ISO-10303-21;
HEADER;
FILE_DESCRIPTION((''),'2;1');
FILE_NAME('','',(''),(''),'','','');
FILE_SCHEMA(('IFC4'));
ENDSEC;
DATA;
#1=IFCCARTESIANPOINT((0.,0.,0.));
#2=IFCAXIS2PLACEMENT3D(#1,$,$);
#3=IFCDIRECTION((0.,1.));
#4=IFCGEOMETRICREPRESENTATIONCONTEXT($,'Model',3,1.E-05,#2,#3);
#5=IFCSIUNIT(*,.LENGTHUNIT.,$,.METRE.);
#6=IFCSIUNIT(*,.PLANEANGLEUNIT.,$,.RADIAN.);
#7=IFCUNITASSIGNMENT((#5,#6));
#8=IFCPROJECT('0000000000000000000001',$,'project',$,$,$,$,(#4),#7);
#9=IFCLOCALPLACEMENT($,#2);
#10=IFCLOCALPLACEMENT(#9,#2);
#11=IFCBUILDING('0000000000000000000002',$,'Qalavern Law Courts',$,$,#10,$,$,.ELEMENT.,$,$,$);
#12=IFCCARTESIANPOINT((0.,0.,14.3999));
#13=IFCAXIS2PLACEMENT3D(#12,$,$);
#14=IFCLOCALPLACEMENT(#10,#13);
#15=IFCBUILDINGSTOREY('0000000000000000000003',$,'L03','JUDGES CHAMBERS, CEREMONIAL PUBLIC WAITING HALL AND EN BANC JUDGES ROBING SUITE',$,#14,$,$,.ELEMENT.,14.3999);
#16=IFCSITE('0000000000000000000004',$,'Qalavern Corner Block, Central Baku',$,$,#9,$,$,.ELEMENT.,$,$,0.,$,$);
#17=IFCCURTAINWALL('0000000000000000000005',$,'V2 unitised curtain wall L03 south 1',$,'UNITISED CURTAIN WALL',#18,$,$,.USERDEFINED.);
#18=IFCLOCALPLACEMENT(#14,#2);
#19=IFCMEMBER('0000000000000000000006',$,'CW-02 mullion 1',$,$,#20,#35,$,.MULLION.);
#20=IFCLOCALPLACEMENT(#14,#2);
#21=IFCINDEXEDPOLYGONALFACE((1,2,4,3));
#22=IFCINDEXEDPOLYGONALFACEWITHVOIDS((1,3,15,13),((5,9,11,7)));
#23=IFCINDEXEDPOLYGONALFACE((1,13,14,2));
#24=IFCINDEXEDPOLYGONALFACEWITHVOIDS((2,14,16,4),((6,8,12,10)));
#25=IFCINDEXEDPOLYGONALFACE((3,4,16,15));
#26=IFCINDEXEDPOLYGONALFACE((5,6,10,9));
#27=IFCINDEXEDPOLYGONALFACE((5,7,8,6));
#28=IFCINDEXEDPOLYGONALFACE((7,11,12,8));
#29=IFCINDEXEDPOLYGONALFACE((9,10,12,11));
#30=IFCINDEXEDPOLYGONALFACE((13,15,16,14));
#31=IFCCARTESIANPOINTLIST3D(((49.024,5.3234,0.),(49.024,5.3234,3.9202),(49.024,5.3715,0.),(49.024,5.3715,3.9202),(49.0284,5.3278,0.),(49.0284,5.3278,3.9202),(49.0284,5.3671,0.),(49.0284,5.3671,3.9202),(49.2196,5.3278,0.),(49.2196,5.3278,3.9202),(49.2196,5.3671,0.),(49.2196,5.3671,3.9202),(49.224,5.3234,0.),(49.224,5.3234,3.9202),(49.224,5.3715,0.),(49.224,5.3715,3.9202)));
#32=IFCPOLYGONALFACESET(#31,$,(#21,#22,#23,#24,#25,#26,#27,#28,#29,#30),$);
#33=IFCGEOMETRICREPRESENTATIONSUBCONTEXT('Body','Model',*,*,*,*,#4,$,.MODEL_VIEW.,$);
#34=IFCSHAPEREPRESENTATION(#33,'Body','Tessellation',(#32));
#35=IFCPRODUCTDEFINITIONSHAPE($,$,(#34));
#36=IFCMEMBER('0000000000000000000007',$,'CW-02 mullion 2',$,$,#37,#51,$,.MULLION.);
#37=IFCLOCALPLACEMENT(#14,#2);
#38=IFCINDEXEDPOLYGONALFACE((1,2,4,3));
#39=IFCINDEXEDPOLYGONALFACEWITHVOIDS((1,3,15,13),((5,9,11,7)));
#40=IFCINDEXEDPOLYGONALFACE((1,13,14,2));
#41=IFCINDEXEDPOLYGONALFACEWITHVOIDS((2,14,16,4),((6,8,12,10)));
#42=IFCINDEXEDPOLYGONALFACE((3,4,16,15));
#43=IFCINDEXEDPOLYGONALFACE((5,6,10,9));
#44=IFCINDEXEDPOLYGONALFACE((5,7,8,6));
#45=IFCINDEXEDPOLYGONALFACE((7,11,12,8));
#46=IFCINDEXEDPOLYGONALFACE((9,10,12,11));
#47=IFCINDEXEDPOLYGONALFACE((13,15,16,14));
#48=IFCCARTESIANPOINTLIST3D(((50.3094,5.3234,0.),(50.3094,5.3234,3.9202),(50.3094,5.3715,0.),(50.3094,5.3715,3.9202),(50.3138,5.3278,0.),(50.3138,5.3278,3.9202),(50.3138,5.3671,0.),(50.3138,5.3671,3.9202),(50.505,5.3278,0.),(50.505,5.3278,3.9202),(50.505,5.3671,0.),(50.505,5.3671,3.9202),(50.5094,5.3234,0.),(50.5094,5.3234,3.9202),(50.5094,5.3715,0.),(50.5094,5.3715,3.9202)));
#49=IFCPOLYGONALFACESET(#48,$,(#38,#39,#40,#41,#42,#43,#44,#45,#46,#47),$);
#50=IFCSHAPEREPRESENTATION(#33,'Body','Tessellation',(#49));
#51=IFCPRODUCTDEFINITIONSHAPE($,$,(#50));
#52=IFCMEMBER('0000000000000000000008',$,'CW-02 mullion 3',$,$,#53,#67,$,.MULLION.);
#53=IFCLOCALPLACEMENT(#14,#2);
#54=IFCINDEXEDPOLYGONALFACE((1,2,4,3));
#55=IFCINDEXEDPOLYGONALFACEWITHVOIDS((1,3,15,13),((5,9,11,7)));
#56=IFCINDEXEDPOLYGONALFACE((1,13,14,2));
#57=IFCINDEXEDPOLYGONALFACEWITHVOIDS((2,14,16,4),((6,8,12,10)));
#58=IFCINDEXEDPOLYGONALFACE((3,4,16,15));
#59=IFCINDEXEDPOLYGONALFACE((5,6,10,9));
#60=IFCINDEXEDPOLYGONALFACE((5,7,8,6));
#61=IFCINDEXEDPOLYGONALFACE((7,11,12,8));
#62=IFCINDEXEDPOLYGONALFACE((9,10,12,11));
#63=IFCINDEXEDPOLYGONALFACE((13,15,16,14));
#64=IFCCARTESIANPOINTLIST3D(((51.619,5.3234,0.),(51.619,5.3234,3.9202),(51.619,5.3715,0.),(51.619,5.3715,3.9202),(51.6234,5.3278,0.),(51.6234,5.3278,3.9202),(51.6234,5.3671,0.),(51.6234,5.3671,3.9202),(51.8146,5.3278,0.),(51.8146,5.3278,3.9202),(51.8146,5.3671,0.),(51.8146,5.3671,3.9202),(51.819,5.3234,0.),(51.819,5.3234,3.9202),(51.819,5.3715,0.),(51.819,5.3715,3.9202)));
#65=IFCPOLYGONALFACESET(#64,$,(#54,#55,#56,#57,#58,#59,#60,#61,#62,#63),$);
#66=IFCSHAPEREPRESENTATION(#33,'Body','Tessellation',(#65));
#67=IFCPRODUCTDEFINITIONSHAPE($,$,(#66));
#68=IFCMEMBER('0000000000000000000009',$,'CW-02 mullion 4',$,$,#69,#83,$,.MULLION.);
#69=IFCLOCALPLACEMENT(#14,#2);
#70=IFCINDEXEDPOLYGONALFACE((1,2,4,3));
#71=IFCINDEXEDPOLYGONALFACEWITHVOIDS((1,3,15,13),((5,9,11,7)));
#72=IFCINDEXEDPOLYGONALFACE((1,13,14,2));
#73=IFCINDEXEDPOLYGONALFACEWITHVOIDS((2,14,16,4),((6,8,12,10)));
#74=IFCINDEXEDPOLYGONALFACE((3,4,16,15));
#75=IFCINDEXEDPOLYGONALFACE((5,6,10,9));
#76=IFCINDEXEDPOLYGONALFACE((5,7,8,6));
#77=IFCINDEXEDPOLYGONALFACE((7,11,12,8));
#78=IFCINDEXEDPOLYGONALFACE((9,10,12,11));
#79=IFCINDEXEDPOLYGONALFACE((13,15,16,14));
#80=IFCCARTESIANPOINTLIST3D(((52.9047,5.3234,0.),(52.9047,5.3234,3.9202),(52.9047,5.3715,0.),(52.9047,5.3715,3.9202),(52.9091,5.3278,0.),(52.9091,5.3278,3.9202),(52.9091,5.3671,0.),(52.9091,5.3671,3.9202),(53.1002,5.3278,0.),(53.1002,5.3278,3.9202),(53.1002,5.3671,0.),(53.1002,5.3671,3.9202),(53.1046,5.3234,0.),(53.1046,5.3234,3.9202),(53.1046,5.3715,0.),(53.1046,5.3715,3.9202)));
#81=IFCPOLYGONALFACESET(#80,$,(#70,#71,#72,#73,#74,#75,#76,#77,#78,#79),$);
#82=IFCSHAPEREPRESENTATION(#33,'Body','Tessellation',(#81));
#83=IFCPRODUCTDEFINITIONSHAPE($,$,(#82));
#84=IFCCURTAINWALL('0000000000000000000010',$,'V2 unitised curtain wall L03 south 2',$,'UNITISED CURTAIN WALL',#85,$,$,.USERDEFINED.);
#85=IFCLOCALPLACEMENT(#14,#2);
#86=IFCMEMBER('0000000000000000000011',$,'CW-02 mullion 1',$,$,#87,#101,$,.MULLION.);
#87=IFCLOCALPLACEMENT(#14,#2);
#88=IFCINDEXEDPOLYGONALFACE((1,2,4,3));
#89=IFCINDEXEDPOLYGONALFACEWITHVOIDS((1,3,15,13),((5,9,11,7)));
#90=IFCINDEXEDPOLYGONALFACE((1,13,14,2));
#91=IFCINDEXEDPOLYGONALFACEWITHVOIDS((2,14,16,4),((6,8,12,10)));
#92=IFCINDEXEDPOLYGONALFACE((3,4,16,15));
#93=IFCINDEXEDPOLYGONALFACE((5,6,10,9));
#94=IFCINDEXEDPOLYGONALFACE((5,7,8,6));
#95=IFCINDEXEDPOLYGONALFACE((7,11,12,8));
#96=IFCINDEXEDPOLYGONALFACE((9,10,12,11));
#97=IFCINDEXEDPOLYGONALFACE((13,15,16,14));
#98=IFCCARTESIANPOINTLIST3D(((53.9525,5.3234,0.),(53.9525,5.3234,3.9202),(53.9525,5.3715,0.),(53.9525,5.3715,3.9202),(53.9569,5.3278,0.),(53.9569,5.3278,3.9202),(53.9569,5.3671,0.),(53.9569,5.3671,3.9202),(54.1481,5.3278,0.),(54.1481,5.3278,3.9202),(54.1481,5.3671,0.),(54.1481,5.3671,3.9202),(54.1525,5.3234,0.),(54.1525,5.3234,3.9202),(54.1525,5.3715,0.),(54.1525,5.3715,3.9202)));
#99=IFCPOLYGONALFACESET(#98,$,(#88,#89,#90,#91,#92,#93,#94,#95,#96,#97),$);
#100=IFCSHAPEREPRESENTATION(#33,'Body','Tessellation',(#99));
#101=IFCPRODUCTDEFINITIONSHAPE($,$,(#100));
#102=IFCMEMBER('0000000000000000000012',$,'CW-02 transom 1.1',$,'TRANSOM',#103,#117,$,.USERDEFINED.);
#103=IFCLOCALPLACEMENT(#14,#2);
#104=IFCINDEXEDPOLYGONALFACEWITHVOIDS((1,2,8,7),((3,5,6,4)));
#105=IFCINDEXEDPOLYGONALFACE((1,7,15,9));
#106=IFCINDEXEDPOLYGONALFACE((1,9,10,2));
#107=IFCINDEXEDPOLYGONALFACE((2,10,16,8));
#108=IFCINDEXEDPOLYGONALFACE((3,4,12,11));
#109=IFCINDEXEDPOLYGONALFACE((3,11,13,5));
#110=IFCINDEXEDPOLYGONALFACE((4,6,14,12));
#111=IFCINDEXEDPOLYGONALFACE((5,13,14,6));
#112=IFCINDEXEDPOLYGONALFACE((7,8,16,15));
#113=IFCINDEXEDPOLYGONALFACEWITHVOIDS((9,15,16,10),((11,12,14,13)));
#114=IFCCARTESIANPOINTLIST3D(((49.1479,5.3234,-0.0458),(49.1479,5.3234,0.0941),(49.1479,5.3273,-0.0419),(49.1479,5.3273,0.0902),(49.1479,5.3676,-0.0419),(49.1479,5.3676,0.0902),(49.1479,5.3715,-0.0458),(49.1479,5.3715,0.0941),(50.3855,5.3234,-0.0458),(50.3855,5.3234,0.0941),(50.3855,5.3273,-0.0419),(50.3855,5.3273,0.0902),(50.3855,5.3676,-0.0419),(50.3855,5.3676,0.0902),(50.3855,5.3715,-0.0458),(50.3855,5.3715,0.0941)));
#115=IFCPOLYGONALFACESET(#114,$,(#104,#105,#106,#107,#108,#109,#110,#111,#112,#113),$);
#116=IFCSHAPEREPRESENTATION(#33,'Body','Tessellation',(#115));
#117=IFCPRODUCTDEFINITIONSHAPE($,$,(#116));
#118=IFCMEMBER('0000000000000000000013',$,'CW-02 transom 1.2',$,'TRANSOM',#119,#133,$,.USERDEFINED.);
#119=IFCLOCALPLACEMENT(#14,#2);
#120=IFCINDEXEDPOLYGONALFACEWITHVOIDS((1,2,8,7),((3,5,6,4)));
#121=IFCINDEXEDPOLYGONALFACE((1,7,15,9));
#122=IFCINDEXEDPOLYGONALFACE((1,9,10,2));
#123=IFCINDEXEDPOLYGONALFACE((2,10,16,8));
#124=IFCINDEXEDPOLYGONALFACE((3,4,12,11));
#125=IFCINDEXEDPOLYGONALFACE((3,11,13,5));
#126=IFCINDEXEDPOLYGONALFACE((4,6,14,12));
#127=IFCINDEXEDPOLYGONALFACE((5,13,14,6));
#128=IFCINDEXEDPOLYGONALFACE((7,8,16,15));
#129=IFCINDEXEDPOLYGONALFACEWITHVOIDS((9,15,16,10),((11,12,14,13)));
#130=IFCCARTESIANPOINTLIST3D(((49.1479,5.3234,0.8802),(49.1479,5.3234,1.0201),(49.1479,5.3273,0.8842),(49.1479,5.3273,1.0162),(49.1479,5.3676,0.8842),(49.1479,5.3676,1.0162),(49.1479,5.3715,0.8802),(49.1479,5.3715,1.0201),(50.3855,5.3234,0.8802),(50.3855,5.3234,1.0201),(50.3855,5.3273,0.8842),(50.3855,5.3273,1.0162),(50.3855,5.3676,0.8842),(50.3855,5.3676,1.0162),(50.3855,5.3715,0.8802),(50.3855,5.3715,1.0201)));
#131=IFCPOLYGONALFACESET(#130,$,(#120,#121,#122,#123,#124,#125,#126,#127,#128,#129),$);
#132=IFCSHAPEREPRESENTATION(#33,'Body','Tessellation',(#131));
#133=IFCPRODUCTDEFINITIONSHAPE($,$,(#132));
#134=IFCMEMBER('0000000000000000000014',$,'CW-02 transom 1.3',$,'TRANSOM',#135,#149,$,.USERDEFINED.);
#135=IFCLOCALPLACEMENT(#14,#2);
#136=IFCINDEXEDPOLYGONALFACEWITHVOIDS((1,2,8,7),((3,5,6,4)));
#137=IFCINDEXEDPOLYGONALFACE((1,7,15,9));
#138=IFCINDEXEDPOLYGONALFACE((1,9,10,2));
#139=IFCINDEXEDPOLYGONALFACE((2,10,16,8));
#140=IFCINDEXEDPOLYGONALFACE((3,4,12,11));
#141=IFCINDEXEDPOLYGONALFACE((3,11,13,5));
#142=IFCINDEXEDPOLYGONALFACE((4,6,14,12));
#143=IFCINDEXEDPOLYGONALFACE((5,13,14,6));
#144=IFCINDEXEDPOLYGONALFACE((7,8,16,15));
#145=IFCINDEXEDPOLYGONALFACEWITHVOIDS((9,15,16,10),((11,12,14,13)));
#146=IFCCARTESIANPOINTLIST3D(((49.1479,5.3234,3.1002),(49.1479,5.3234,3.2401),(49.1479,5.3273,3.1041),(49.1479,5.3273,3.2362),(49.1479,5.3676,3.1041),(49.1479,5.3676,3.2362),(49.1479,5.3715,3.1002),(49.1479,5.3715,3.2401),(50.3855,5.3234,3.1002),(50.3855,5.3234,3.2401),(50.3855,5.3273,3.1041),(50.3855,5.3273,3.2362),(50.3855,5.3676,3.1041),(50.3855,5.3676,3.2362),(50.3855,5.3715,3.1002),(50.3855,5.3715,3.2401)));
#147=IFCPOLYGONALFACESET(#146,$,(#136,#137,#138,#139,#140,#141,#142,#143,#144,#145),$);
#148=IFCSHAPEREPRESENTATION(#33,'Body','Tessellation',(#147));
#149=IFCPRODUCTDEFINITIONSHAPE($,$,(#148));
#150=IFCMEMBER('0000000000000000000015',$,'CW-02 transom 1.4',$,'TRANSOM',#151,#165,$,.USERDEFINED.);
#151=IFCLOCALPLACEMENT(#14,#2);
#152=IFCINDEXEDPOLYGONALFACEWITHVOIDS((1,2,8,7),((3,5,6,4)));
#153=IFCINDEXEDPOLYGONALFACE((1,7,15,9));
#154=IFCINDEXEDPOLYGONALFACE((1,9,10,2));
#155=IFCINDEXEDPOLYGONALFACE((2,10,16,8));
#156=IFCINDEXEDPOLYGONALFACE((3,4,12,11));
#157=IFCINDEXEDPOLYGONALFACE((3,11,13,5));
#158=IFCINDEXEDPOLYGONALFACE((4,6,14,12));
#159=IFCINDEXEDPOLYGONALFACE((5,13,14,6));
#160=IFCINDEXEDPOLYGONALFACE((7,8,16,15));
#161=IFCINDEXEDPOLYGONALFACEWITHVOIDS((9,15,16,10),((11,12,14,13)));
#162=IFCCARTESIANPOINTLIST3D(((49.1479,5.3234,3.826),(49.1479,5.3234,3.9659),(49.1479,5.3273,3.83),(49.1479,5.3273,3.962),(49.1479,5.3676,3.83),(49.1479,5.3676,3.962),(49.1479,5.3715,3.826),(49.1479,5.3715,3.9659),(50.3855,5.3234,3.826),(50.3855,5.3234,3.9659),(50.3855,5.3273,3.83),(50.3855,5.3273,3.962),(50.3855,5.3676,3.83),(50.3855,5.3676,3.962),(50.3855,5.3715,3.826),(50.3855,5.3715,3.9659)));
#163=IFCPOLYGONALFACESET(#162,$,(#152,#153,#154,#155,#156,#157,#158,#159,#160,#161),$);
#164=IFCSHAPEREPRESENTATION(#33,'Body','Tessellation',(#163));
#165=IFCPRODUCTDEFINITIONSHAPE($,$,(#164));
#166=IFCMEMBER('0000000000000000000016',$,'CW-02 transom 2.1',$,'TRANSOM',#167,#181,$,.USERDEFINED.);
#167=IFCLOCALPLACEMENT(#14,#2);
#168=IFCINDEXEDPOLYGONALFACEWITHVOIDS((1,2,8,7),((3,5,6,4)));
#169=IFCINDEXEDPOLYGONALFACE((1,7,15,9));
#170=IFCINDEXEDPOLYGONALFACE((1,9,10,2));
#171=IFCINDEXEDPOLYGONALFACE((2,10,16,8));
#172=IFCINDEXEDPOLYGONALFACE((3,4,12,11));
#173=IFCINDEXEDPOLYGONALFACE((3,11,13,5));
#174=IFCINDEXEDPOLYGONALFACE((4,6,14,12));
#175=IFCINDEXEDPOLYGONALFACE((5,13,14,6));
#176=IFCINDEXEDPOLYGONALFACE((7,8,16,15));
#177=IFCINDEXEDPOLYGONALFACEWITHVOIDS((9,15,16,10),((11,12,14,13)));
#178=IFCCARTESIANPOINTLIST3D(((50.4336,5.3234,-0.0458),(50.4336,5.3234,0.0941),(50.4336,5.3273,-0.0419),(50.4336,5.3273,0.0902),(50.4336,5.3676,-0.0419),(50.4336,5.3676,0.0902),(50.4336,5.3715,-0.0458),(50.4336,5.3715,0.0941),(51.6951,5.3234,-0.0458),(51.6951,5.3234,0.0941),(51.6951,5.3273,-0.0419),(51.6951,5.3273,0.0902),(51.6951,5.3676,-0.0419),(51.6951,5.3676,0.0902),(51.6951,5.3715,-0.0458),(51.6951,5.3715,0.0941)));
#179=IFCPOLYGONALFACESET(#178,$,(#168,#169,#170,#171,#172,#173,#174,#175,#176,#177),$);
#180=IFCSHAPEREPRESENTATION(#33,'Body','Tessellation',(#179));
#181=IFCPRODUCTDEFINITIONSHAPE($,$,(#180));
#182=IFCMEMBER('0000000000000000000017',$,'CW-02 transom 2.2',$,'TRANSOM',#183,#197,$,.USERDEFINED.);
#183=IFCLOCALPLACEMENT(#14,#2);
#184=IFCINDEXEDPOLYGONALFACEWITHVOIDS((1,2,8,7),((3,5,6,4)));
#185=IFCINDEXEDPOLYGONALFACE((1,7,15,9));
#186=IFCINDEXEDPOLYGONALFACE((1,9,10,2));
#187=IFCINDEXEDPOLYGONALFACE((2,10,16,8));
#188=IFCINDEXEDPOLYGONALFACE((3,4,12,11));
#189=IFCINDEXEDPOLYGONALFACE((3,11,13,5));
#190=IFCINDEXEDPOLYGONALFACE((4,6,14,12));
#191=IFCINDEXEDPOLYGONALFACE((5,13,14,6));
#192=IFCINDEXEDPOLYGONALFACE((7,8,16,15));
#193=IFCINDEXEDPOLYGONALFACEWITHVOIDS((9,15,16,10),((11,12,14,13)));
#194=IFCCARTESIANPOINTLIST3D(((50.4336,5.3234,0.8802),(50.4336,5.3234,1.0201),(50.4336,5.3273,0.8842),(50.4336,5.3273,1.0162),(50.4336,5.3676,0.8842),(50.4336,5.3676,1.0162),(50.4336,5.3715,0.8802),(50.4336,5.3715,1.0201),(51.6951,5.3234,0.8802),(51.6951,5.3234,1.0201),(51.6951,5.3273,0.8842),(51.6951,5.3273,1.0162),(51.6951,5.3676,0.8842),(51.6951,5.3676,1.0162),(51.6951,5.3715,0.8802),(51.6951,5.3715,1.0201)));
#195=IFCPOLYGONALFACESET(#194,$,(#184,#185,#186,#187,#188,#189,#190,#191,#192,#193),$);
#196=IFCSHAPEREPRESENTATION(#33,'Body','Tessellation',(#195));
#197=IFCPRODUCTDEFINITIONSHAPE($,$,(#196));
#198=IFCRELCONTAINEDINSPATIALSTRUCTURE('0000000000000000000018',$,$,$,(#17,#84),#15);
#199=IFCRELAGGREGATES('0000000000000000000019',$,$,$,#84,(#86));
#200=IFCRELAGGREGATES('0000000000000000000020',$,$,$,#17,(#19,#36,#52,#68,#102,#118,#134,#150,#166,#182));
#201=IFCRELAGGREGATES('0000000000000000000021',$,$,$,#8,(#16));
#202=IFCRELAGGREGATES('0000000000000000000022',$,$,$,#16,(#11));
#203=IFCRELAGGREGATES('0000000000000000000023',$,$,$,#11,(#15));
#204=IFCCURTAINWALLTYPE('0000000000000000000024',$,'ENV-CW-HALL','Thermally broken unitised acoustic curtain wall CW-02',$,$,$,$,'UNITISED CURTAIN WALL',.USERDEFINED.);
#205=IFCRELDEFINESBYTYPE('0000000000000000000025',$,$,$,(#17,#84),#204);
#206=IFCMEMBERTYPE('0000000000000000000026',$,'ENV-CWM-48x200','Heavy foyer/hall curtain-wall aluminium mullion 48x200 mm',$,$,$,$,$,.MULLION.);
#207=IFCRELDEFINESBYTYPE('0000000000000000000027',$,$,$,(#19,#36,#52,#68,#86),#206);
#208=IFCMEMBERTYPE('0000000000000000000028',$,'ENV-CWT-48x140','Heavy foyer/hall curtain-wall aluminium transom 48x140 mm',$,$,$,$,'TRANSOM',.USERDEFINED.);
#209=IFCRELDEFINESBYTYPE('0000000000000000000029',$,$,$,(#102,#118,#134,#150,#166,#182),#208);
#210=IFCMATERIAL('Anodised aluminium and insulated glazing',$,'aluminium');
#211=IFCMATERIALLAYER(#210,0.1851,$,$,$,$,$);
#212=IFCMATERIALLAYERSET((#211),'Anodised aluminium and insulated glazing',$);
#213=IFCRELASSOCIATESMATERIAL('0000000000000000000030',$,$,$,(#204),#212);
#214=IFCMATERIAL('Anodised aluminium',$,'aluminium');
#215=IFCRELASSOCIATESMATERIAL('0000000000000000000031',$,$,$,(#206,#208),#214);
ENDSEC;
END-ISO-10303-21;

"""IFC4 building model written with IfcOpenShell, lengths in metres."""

from ifc_helpers import new_model, si_unit, direction, frame, origin, origin_2d, place, context, subcontext, project, spatial, hollow_rectangle, extrude, material, layer, layer_set, material_profile, profile_set, type_object, element, aggregate, save


model = new_model("IFC4")

# Units and contexts
model_context = context("Model", 3, precision=1e-05, world=origin(), true_north=direction((0.0, 1.0)))
body_context = subcontext(model_context, "Body", "Model", "MODEL_VIEW")
ifc_project = project(units=[si_unit("LENGTHUNIT", "METRE"), si_unit("PLANEANGLEUNIT", "RADIAN")], contexts=[model_context])

# Site, building, storey
site_placement = place(None, origin())
site = spatial("IfcSite", under=ifc_project, at=site_placement, Name="Qalavern Corner Block, Central Baku", CompositionType="ELEMENT", RefElevation=0.0)
building_placement = place(site_placement, origin())
building = spatial("IfcBuilding", under=site, at=building_placement, Name="Qalavern Law Courts", CompositionType="ELEMENT")
storey_placement = place(building_placement, frame((0.0, 0.0, 14.3999)))
storey = spatial("IfcBuildingStorey", under=building, at=storey_placement, Name="L03", Description="JUDGES CHAMBERS, CEREMONIAL PUBLIC WAITING HALL AND EN BANC JUDGES ROBING SUITE", CompositionType="ELEMENT", Elevation=14.3999)

# Curtain wall, members
ifc_material_1 = material(Name="Anodised aluminium and insulated glazing", Category="aluminium")
ifc_layer_1 = layer(ifc_material_1, 0.1851)
ifc_layer_set_1 = layer_set([ifc_layer_1], Name="Anodised aluminium and insulated glazing")
curtain_wall_type = type_object("IfcCurtainWallType", Name="ENV-CW-HALL", Description="Thermally broken unitised acoustic curtain wall CW-02", ElementType="UNITISED CURTAIN WALL", PredefinedType="USERDEFINED", material=ifc_layer_set_1)
curtain_wall_1_placement = place(storey_placement, origin())
curtain_wall_1 = element("IfcCurtainWall", 1, at=curtain_wall_1_placement, inside=storey, type_object=curtain_wall_type, Name="V2 unitised curtain wall L03 south 1", ObjectType="UNITISED CURTAIN WALL", PredefinedType="USERDEFINED")
ifc_material_2 = material(Name="Anodised aluminium", Category="aluminium")
ifc_material_profile_1 = material_profile(ifc_material_2, hollow_rectangle(XDim=0.0481, YDim=0.2, WallThickness=0.0044, at=origin_2d()), Name="ALU MULLION 48x200")
ifc_profile_set_1 = profile_set([ifc_material_profile_1], Name="Anodised aluminium")
member_type_1 = type_object("IfcMemberType", Name="ENV-CWM-48x200", Description="Heavy foyer/hall curtain-wall aluminium mullion 48x200 mm", PredefinedType="MULLION", material=ifc_profile_set_1)
member_1_placement = place(storey_placement, frame((49.124, 5.3474, 0.0), z_axis=(0.0, 0.0, 1.0), x_axis=(0.0, 1.0, 0.0)))
member_1 = element("IfcMember", 2, at=member_1_placement, type_object=member_type_1, Name="CW-02 mullion 1", PredefinedType="MULLION", context=body_context, shape_type="SweptSolid", body=[
    extrude(hollow_rectangle(XDim=0.0481, YDim=0.2, WallThickness=0.0044, at=origin_2d()), origin(), (0.0, 0.0, 1.0), 3.9202),
])
member_2_placement = place(storey_placement, frame((50.4094, 5.3474, 0.0), z_axis=(0.0, 0.0, 1.0), x_axis=(0.0, 1.0, 0.0)))
member_2 = element("IfcMember", 3, at=member_2_placement, type_object=member_type_1, Name="CW-02 mullion 2", PredefinedType="MULLION", context=body_context, shape_type="SweptSolid", body=[
    extrude(hollow_rectangle(XDim=0.0481, YDim=0.2, WallThickness=0.0044, at=origin_2d()), origin(), (0.0, 0.0, 1.0), 3.9202),
])
member_3_placement = place(storey_placement, frame((51.719, 5.3474, 0.0), z_axis=(0.0, 0.0, 1.0), x_axis=(0.0, 1.0, 0.0)))
member_3 = element("IfcMember", 4, at=member_3_placement, type_object=member_type_1, Name="CW-02 mullion 3", PredefinedType="MULLION", context=body_context, shape_type="SweptSolid", body=[
    extrude(hollow_rectangle(XDim=0.0481, YDim=0.2, WallThickness=0.0044, at=origin_2d()), origin(), (0.0, 0.0, 1.0), 3.9202),
])
member_4_placement = place(storey_placement, frame((53.0046, 5.3474, 0.0), z_axis=(0.0, 0.0, 1.0), x_axis=(0.0, 1.0, 0.0)))
member_4 = element("IfcMember", 5, at=member_4_placement, type_object=member_type_1, Name="CW-02 mullion 4", PredefinedType="MULLION", context=body_context, shape_type="SweptSolid", body=[
    extrude(hollow_rectangle(XDim=0.0481, YDim=0.2, WallThickness=0.0044, at=origin_2d()), origin(), (0.0, 0.0, 1.0), 3.9202),
])

# Curtain wall, member
curtain_wall_2_placement = place(storey_placement, origin())
curtain_wall_2 = element("IfcCurtainWall", 6, at=curtain_wall_2_placement, inside=storey, type_object=curtain_wall_type, Name="V2 unitised curtain wall L03 south 2", ObjectType="UNITISED CURTAIN WALL", PredefinedType="USERDEFINED")
member_5_placement = place(storey_placement, frame((54.0525, 5.3474, 0.0), z_axis=(0.0, 0.0, 1.0), x_axis=(0.0, 1.0, 0.0)))
member_5 = element("IfcMember", 7, at=member_5_placement, type_object=member_type_1, Name="CW-02 mullion 1", PredefinedType="MULLION", context=body_context, shape_type="SweptSolid", body=[
    extrude(hollow_rectangle(XDim=0.0481, YDim=0.2, WallThickness=0.0044, at=origin_2d()), origin(), (0.0, 0.0, 1.0), 3.9202),
])

# Members
ifc_material_profile_2 = material_profile(ifc_material_2, hollow_rectangle(XDim=0.0481, YDim=0.1399, WallThickness=0.0039, at=origin_2d()), Name="ALU TRANSOM 48x140")
ifc_profile_set_2 = profile_set([ifc_material_profile_2], Name="Anodised aluminium")
member_type_2 = type_object("IfcMemberType", Name="ENV-CWT-48x140", Description="Heavy foyer/hall curtain-wall aluminium transom 48x140 mm", ElementType="TRANSOM", PredefinedType="USERDEFINED", material=ifc_profile_set_2)
member_6_placement = place(storey_placement, frame((49.1479, 5.3474, 0.0242), z_axis=(1.0, 0.0, 0.0), x_axis=(0.0, 1.0, 0.0)))
member_6 = element("IfcMember", 8, at=member_6_placement, type_object=member_type_2, Name="CW-02 transom 1.1", ObjectType="TRANSOM", PredefinedType="USERDEFINED", context=body_context, shape_type="SweptSolid", body=[
    extrude(hollow_rectangle(XDim=0.0481, YDim=0.1399, WallThickness=0.0039, at=origin_2d()), origin(), (0.0, 0.0, 1.0), 1.2375),
])
member_7_placement = place(storey_placement, frame((49.1479, 5.3474, 0.9502), z_axis=(1.0, 0.0, 0.0), x_axis=(0.0, 1.0, 0.0)))
member_7 = element("IfcMember", 9, at=member_7_placement, type_object=member_type_2, Name="CW-02 transom 1.2", ObjectType="TRANSOM", PredefinedType="USERDEFINED", context=body_context, shape_type="SweptSolid", body=[
    extrude(hollow_rectangle(XDim=0.0481, YDim=0.1399, WallThickness=0.0039, at=origin_2d()), origin(), (0.0, 0.0, 1.0), 1.2375),
])
member_8_placement = place(storey_placement, frame((49.1479, 5.3474, 3.1702), z_axis=(1.0, 0.0, 0.0), x_axis=(0.0, 1.0, 0.0)))
member_8 = element("IfcMember", 10, at=member_8_placement, type_object=member_type_2, Name="CW-02 transom 1.3", ObjectType="TRANSOM", PredefinedType="USERDEFINED", context=body_context, shape_type="SweptSolid", body=[
    extrude(hollow_rectangle(XDim=0.0481, YDim=0.1399, WallThickness=0.0039, at=origin_2d()), origin(), (0.0, 0.0, 1.0), 1.2375),
])
member_9_placement = place(storey_placement, frame((49.1479, 5.3474, 3.896), z_axis=(1.0, 0.0, 0.0), x_axis=(0.0, 1.0, 0.0)))
member_9 = element("IfcMember", 11, at=member_9_placement, type_object=member_type_2, Name="CW-02 transom 1.4", ObjectType="TRANSOM", PredefinedType="USERDEFINED", context=body_context, shape_type="SweptSolid", body=[
    extrude(hollow_rectangle(XDim=0.0481, YDim=0.1399, WallThickness=0.0039, at=origin_2d()), origin(), (0.0, 0.0, 1.0), 1.2375),
])
member_10_placement = place(storey_placement, frame((50.4336, 5.3474, 0.0242), z_axis=(1.0, 0.0, 0.0), x_axis=(0.0, 1.0, 0.0)))
member_10 = element("IfcMember", 12, at=member_10_placement, type_object=member_type_2, Name="CW-02 transom 2.1", ObjectType="TRANSOM", PredefinedType="USERDEFINED", context=body_context, shape_type="SweptSolid", body=[
    extrude(hollow_rectangle(XDim=0.0481, YDim=0.1399, WallThickness=0.0039, at=origin_2d()), origin(), (0.0, 0.0, 1.0), 1.2615),
])
member_11_placement = place(storey_placement, frame((50.4336, 5.3474, 0.9502), z_axis=(1.0, 0.0, 0.0), x_axis=(0.0, 1.0, 0.0)))
member_11 = element("IfcMember", 13, at=member_11_placement, type_object=member_type_2, Name="CW-02 transom 2.2", ObjectType="TRANSOM", PredefinedType="USERDEFINED", context=body_context, shape_type="SweptSolid", body=[
    extrude(hollow_rectangle(XDim=0.0481, YDim=0.1399, WallThickness=0.0039, at=origin_2d()), origin(), (0.0, 0.0, 1.0), 1.2615),
])
aggregate(curtain_wall_2, [member_5])

aggregate(curtain_wall_1, [member_1, member_2, member_3, member_4, member_6, member_7, member_8, member_9, member_10, member_11])

save(model, "model.ifc")
